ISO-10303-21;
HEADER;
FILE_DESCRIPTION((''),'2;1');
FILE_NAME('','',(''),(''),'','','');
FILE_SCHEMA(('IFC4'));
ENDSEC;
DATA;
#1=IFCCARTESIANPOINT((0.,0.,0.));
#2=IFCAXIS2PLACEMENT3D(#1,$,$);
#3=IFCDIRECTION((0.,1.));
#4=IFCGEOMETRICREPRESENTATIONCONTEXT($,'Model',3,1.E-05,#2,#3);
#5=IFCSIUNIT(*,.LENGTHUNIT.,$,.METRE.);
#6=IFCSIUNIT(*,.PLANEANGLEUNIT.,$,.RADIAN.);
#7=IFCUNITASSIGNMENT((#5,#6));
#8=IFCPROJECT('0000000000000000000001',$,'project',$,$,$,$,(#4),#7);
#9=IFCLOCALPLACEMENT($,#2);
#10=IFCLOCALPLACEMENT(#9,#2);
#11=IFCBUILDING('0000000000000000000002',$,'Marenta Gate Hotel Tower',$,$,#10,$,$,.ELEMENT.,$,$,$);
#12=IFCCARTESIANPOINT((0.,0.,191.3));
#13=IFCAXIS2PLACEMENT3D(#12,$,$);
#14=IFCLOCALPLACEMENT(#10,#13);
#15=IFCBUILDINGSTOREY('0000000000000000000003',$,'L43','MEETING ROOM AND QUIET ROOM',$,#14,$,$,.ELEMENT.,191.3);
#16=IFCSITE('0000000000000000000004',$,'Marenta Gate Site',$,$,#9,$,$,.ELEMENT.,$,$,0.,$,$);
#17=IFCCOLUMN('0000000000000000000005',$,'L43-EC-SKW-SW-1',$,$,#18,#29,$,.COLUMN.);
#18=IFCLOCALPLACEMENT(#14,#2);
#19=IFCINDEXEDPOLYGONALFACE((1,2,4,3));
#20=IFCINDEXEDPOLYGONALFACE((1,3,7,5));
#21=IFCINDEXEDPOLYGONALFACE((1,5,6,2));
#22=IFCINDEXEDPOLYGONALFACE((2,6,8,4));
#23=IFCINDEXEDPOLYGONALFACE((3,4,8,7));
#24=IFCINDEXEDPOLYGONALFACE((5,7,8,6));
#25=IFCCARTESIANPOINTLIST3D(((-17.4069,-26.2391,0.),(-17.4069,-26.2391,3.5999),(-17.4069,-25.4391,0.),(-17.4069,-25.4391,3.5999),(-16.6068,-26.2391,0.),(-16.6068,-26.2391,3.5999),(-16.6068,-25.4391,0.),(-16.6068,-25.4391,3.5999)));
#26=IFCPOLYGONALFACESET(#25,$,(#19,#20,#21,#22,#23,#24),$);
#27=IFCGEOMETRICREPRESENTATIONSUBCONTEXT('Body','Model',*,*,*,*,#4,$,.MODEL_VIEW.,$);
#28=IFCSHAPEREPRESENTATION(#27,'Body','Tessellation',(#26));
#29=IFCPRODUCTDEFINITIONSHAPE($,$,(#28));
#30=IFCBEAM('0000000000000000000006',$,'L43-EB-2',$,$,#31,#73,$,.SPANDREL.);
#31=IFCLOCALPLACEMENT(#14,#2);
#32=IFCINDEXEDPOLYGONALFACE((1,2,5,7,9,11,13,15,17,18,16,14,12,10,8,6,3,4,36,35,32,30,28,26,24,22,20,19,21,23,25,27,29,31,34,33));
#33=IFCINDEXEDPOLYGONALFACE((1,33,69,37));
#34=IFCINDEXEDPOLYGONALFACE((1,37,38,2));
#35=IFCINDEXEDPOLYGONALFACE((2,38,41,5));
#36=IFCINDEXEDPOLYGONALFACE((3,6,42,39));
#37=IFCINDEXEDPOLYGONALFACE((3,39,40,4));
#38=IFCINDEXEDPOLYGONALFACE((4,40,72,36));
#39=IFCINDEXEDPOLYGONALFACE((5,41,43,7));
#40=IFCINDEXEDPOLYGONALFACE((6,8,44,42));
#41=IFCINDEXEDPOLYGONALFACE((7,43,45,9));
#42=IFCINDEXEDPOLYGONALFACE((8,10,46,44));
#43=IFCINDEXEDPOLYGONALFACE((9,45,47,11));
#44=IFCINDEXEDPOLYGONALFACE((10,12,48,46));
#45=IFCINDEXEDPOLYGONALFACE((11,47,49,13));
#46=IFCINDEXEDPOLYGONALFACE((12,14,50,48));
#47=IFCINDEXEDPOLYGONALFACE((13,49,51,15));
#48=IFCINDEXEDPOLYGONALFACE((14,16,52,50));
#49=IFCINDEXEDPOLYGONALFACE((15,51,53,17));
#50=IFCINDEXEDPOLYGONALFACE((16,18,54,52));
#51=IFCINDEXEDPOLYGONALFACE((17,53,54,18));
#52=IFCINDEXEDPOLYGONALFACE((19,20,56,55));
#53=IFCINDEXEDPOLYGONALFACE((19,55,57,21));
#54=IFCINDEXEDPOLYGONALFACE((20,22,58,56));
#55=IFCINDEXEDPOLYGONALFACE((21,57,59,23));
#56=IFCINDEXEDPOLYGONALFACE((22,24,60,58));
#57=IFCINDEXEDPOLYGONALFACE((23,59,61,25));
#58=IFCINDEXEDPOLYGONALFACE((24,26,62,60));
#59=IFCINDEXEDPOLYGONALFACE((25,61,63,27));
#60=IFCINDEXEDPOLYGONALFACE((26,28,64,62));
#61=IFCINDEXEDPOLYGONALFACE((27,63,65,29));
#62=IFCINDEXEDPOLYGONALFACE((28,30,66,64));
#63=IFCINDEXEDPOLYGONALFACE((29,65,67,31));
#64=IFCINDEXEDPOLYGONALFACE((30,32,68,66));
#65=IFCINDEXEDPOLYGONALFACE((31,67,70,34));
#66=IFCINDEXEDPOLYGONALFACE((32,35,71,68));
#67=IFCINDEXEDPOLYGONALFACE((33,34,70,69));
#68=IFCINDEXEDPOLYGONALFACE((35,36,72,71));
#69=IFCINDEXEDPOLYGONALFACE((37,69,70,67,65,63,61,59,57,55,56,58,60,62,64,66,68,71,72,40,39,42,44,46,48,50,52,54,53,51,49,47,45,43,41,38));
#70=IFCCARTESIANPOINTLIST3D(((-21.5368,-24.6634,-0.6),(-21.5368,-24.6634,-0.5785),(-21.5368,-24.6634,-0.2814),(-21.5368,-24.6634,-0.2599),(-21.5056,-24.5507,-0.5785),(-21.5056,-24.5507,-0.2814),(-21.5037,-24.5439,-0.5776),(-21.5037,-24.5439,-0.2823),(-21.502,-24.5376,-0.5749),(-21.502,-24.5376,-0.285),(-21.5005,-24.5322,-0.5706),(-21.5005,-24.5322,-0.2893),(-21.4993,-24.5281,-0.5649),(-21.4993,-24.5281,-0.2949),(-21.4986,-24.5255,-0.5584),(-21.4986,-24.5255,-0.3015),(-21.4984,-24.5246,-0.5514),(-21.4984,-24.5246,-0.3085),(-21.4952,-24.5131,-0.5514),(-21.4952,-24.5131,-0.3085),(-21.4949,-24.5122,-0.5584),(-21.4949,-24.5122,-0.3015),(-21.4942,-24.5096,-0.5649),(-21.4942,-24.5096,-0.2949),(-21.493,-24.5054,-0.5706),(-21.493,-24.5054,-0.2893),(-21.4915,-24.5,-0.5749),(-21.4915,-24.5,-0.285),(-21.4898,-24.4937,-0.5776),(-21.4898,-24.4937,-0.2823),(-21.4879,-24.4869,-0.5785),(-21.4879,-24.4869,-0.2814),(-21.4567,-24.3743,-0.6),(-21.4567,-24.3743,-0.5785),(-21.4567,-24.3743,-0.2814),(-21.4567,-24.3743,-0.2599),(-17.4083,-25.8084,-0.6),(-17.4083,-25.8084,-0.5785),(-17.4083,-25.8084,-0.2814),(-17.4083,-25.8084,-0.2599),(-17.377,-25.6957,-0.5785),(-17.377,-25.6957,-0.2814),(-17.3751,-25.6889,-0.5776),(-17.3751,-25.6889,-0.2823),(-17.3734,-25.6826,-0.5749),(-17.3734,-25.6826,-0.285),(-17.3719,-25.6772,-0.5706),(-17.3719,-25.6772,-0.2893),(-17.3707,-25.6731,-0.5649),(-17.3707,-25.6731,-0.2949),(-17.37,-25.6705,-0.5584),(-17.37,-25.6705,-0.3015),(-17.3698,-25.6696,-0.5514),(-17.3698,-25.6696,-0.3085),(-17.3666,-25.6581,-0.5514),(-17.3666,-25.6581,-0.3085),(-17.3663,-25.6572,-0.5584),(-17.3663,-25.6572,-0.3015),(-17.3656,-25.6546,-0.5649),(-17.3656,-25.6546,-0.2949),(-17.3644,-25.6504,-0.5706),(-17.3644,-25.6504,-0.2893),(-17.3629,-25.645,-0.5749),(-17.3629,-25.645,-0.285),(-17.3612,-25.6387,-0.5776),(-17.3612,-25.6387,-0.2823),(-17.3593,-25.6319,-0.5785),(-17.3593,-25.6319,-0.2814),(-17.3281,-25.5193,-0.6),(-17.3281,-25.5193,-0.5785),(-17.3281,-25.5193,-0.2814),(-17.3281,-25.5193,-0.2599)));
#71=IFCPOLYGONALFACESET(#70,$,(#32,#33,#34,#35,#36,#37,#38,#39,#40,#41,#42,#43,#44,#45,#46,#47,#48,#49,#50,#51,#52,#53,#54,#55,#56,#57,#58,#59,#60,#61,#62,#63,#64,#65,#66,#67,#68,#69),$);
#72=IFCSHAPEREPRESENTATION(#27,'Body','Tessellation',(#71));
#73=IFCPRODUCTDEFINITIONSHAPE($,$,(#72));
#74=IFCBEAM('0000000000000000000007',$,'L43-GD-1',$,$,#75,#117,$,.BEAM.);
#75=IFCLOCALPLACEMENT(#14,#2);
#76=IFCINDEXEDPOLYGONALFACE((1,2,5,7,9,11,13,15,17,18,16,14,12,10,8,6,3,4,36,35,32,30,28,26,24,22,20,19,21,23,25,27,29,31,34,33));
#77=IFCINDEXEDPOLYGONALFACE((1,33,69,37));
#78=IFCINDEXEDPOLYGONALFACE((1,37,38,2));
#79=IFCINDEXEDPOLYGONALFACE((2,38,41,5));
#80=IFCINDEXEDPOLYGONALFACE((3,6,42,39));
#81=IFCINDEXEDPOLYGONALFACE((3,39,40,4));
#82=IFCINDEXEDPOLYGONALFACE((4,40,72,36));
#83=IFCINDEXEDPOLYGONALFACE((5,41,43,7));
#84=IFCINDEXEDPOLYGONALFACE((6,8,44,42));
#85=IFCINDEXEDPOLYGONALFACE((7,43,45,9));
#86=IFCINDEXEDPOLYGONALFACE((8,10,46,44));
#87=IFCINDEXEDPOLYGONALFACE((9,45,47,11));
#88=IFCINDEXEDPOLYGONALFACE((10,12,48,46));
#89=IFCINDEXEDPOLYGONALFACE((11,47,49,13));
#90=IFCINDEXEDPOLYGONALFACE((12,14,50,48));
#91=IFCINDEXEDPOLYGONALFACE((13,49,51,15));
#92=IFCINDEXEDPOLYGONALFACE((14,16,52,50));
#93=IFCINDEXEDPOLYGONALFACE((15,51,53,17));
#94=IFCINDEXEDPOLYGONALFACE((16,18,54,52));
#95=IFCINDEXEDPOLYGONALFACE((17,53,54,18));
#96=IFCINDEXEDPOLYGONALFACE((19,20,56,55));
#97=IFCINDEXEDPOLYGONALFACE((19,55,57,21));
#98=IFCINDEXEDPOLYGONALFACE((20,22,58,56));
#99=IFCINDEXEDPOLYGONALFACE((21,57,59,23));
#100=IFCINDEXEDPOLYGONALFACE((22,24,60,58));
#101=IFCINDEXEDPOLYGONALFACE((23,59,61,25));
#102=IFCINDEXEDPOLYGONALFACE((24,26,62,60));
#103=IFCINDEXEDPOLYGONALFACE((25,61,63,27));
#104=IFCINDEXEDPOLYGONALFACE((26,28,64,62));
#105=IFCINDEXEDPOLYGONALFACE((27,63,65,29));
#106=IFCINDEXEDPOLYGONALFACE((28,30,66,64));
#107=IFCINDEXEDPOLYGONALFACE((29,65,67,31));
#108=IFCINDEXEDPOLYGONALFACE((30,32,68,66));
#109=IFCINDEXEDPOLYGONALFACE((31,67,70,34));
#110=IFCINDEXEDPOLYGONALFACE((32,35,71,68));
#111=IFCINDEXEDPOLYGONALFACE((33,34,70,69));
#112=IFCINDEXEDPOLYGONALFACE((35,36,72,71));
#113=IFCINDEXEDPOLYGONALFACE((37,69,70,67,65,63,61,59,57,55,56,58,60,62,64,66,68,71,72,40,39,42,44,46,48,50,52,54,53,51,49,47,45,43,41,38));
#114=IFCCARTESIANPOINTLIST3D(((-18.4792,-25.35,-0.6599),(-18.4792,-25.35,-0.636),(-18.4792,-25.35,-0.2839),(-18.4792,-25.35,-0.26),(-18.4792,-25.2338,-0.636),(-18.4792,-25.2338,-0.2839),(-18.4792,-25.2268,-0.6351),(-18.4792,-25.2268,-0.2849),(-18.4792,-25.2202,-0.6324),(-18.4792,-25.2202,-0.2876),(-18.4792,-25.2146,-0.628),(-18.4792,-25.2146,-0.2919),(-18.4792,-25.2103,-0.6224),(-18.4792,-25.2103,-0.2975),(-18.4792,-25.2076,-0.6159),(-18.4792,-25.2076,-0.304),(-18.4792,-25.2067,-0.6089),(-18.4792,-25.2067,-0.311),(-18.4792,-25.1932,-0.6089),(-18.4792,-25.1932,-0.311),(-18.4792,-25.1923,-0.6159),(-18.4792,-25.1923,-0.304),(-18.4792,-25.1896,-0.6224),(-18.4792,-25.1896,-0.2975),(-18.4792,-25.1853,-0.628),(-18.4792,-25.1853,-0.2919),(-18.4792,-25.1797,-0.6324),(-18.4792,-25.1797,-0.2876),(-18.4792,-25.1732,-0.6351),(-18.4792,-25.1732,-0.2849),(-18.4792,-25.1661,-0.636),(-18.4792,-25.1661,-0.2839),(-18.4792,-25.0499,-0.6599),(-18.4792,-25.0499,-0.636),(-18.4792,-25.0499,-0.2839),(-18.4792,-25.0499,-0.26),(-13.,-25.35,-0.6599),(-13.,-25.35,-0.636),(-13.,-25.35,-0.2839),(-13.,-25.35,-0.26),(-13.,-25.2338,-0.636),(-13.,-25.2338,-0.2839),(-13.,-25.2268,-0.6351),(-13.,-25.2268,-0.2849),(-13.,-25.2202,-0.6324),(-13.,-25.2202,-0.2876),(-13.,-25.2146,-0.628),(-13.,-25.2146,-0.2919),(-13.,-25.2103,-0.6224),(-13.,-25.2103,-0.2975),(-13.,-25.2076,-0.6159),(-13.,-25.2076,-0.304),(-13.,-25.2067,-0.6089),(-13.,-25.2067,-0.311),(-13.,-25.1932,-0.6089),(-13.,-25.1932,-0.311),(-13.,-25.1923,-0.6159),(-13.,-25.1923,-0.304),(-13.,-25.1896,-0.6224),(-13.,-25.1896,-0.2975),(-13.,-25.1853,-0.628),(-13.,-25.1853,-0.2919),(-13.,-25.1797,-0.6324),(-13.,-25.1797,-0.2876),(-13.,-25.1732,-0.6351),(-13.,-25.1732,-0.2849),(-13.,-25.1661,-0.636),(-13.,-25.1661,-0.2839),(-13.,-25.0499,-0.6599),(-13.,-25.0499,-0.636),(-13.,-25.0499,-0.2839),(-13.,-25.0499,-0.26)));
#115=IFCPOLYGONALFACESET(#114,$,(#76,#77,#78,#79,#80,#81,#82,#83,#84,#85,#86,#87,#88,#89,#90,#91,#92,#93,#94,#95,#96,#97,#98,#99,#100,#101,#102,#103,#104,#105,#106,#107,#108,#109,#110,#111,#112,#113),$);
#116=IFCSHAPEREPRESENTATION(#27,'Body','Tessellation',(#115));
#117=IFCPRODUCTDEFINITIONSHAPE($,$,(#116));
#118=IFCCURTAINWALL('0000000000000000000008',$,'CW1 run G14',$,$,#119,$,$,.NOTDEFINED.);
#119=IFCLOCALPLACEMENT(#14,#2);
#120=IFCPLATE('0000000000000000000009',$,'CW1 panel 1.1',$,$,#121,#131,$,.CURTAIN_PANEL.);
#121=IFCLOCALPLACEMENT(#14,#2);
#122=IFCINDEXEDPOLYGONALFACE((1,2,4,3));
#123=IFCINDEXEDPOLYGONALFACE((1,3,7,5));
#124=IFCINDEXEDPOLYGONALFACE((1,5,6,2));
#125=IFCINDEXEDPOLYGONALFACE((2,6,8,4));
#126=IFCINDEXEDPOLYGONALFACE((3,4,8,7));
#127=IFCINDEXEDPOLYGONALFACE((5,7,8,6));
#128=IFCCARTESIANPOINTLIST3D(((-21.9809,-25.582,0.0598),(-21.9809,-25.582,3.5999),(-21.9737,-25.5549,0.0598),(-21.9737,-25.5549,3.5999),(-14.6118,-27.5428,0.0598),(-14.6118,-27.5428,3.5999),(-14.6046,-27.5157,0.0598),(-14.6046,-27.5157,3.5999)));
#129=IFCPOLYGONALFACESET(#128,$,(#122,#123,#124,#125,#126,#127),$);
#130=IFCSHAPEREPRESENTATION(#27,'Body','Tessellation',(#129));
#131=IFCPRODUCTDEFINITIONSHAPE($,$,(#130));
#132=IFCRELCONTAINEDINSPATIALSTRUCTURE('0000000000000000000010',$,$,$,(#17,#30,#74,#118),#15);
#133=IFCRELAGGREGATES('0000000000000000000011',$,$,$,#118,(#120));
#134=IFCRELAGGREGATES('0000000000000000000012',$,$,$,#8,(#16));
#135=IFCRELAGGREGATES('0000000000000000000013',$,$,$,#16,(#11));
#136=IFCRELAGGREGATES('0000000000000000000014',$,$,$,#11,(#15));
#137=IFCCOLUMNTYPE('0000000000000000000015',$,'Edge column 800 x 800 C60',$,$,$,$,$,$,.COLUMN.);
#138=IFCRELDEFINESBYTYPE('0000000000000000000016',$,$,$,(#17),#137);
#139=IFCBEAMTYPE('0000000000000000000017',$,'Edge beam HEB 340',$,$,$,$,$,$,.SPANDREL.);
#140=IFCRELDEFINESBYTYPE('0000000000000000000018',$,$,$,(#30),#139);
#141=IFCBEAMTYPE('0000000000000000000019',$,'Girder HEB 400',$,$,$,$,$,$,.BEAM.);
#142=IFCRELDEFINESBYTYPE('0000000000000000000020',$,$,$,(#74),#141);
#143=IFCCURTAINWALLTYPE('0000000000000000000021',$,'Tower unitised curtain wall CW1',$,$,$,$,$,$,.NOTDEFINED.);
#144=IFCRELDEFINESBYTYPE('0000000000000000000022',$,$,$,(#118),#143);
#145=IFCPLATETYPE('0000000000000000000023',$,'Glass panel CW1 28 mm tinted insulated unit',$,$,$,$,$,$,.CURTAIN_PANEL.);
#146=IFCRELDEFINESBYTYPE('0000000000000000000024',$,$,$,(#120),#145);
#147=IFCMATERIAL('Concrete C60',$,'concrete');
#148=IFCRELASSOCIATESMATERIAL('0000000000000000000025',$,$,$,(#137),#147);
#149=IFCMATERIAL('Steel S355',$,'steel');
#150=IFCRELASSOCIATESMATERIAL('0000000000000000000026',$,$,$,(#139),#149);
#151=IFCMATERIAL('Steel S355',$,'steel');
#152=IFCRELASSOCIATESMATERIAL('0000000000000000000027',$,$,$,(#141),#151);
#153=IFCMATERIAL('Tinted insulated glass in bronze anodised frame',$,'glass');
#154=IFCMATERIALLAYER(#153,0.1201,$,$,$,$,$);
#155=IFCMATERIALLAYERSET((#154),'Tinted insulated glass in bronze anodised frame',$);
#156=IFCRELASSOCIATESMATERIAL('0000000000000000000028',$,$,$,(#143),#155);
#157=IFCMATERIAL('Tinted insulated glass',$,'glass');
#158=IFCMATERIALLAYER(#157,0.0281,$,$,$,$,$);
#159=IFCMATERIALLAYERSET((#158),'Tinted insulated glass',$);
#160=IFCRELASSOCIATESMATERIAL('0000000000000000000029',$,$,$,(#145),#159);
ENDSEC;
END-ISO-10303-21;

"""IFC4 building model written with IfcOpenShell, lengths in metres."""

from ifc_helpers import new_model, si_unit, direction, frame, origin, origin_2d, place, context, subcontext, project, spatial, rectangle, i_section, extrude, material, layer, layer_set, material_profile, profile_set, type_object, element, aggregate, save


model = new_model("IFC4")

# Units and contexts
model_context = context("Model", 3, precision=1e-05, world=origin(), true_north=direction((0.0, 1.0)))
body_context = subcontext(model_context, "Body", "Model", "MODEL_VIEW")
ifc_project = project(units=[si_unit("LENGTHUNIT", "METRE"), si_unit("PLANEANGLEUNIT", "RADIAN")], contexts=[model_context])

# Site, building, storey
site_placement = place(None, origin())
site = spatial("IfcSite", under=ifc_project, at=site_placement, Name="Marenta Gate Site", CompositionType="ELEMENT", RefElevation=0.0)
building_placement = place(site_placement, origin())
building = spatial("IfcBuilding", under=site, at=building_placement, Name="Marenta Gate Hotel Tower", CompositionType="ELEMENT")
storey_placement = place(building_placement, frame((0.0, 0.0, 191.3)))
storey = spatial("IfcBuildingStorey", under=building, at=storey_placement, Name="L43", Description="MEETING ROOM AND QUIET ROOM", CompositionType="ELEMENT", Elevation=191.3)

# Column
ifc_material_1 = material(Name="Concrete C60", Category="concrete")
ifc_material_profile_1 = material_profile(ifc_material_1, rectangle(XDim=0.8, YDim=0.8, at=origin_2d()), Name="800 x 800")
ifc_profile_set_1 = profile_set([ifc_material_profile_1], Name="Concrete C60")
column_type = type_object("IfcColumnType", Name="Edge column 800 x 800 C60", PredefinedType="COLUMN", material=ifc_profile_set_1)
column_placement = place(storey_placement, frame((-17.0068, -25.8391, 0.0), z_axis=(0.0, 0.0, 1.0), x_axis=(1.0, 0.0, 0.0)))
element("IfcColumn", 1, at=column_placement, inside=storey, type_object=column_type, Name="L43-EC-SKW-SW-1", PredefinedType="COLUMN", context=body_context, shape_type="SweptSolid", body=[
    extrude(rectangle(XDim=0.8, YDim=0.8, at=origin_2d()), origin(), (0.0, 0.0, 1.0), 3.5999),
])

# Beams
ifc_material_2 = material(Name="Steel S355", Category="steel")
ifc_material_profile_2 = material_profile(ifc_material_2, i_section(OverallWidth=0.3, OverallDepth=0.3401, WebThickness=0.012, FlangeThickness=0.0215, FilletRadius=0.0271, at=origin_2d()), Name="HEB 340")
ifc_profile_set_2 = profile_set([ifc_material_profile_2], Name="Steel S355")
beam_type_1 = type_object("IfcBeamType", Name="Edge beam HEB 340", PredefinedType="SPANDREL", material=ifc_profile_set_2)
beam_1_placement = place(storey_placement, frame((-17.3682, -25.6638, -0.4299), z_axis=(-0.963628, 0.267247, 0.0), x_axis=(-0.267247, -0.963628, 0.0)))
element("IfcBeam", 2, at=beam_1_placement, inside=storey, type_object=beam_type_1, Name="L43-EB-2", PredefinedType="SPANDREL", context=body_context, shape_type="SweptSolid", body=[
    extrude(i_section(OverallWidth=0.3, OverallDepth=0.3401, WebThickness=0.012, FlangeThickness=0.0215, FilletRadius=0.0271, at=origin_2d()), origin(), (0.0, 0.0, 1.0), 4.2844),
])
ifc_material_3 = material(Name="Steel S355", Category="steel")
ifc_material_profile_3 = material_profile(ifc_material_3, i_section(OverallWidth=0.3, OverallDepth=0.3999, WebThickness=0.0134, FlangeThickness=0.0239, FilletRadius=0.0271, at=origin_2d()), Name="HEB 400")
ifc_profile_set_3 = profile_set([ifc_material_profile_3], Name="Steel S355")
beam_type_2 = type_object("IfcBeamType", Name="Girder HEB 400", PredefinedType="BEAM", material=ifc_profile_set_3)
beam_2_placement = place(storey_placement, frame((-18.4792, -25.2, -0.46), z_axis=(1.0, 0.0, 0.0), x_axis=(0.0, 1.0, 0.0)))
element("IfcBeam", 3, at=beam_2_placement, inside=storey, type_object=beam_type_2, Name="L43-GD-1", PredefinedType="BEAM", context=body_context, shape_type="SweptSolid", body=[
    extrude(i_section(OverallWidth=0.3, OverallDepth=0.3999, WebThickness=0.0134, FlangeThickness=0.0239, FilletRadius=0.0271, at=origin_2d()), origin(), (0.0, 0.0, 1.0), 5.4792),
])

# Curtain wall, plate
ifc_material_4 = material(Name="Tinted insulated glass in bronze anodised frame", Category="glass")
ifc_layer_1 = layer(ifc_material_4, 0.1201)
ifc_layer_set_1 = layer_set([ifc_layer_1], Name="Tinted insulated glass in bronze anodised frame")
curtain_wall_type = type_object("IfcCurtainWallType", Name="Tower unitised curtain wall CW1", PredefinedType="NOTDEFINED", material=ifc_layer_set_1)
curtain_wall_placement = place(storey_placement, origin())
curtain_wall = element("IfcCurtainWall", 4, at=curtain_wall_placement, inside=storey, type_object=curtain_wall_type, Name="CW1 run G14", PredefinedType="NOTDEFINED")
ifc_material_5 = material(Name="Tinted insulated glass", Category="glass")
ifc_layer_2 = layer(ifc_material_5, 0.0281)
ifc_layer_set_2 = layer_set([ifc_layer_2], Name="Tinted insulated glass")
plate_type = type_object("IfcPlateType", Name="Glass panel CW1 28 mm tinted insulated unit", PredefinedType="CURTAIN_PANEL", material=ifc_layer_set_2)
plate_placement = place(storey_placement, frame((-18.2927, -26.5488, 0.0598), z_axis=(0.0, 0.0, 1.0), x_axis=(0.966375, -0.257136, 0.0)))
plate = element("IfcPlate", 5, at=plate_placement, type_object=plate_type, Name="CW1 panel 1.1", PredefinedType="CURTAIN_PANEL", context=body_context, shape_type="SweptSolid", body=[
    extrude(rectangle(XDim=7.6255, YDim=0.0281, at=origin_2d()), origin(), (0.0, 0.0, 1.0), 3.54),
])
aggregate(curtain_wall, [plate])

save(model, "model.ifc")
